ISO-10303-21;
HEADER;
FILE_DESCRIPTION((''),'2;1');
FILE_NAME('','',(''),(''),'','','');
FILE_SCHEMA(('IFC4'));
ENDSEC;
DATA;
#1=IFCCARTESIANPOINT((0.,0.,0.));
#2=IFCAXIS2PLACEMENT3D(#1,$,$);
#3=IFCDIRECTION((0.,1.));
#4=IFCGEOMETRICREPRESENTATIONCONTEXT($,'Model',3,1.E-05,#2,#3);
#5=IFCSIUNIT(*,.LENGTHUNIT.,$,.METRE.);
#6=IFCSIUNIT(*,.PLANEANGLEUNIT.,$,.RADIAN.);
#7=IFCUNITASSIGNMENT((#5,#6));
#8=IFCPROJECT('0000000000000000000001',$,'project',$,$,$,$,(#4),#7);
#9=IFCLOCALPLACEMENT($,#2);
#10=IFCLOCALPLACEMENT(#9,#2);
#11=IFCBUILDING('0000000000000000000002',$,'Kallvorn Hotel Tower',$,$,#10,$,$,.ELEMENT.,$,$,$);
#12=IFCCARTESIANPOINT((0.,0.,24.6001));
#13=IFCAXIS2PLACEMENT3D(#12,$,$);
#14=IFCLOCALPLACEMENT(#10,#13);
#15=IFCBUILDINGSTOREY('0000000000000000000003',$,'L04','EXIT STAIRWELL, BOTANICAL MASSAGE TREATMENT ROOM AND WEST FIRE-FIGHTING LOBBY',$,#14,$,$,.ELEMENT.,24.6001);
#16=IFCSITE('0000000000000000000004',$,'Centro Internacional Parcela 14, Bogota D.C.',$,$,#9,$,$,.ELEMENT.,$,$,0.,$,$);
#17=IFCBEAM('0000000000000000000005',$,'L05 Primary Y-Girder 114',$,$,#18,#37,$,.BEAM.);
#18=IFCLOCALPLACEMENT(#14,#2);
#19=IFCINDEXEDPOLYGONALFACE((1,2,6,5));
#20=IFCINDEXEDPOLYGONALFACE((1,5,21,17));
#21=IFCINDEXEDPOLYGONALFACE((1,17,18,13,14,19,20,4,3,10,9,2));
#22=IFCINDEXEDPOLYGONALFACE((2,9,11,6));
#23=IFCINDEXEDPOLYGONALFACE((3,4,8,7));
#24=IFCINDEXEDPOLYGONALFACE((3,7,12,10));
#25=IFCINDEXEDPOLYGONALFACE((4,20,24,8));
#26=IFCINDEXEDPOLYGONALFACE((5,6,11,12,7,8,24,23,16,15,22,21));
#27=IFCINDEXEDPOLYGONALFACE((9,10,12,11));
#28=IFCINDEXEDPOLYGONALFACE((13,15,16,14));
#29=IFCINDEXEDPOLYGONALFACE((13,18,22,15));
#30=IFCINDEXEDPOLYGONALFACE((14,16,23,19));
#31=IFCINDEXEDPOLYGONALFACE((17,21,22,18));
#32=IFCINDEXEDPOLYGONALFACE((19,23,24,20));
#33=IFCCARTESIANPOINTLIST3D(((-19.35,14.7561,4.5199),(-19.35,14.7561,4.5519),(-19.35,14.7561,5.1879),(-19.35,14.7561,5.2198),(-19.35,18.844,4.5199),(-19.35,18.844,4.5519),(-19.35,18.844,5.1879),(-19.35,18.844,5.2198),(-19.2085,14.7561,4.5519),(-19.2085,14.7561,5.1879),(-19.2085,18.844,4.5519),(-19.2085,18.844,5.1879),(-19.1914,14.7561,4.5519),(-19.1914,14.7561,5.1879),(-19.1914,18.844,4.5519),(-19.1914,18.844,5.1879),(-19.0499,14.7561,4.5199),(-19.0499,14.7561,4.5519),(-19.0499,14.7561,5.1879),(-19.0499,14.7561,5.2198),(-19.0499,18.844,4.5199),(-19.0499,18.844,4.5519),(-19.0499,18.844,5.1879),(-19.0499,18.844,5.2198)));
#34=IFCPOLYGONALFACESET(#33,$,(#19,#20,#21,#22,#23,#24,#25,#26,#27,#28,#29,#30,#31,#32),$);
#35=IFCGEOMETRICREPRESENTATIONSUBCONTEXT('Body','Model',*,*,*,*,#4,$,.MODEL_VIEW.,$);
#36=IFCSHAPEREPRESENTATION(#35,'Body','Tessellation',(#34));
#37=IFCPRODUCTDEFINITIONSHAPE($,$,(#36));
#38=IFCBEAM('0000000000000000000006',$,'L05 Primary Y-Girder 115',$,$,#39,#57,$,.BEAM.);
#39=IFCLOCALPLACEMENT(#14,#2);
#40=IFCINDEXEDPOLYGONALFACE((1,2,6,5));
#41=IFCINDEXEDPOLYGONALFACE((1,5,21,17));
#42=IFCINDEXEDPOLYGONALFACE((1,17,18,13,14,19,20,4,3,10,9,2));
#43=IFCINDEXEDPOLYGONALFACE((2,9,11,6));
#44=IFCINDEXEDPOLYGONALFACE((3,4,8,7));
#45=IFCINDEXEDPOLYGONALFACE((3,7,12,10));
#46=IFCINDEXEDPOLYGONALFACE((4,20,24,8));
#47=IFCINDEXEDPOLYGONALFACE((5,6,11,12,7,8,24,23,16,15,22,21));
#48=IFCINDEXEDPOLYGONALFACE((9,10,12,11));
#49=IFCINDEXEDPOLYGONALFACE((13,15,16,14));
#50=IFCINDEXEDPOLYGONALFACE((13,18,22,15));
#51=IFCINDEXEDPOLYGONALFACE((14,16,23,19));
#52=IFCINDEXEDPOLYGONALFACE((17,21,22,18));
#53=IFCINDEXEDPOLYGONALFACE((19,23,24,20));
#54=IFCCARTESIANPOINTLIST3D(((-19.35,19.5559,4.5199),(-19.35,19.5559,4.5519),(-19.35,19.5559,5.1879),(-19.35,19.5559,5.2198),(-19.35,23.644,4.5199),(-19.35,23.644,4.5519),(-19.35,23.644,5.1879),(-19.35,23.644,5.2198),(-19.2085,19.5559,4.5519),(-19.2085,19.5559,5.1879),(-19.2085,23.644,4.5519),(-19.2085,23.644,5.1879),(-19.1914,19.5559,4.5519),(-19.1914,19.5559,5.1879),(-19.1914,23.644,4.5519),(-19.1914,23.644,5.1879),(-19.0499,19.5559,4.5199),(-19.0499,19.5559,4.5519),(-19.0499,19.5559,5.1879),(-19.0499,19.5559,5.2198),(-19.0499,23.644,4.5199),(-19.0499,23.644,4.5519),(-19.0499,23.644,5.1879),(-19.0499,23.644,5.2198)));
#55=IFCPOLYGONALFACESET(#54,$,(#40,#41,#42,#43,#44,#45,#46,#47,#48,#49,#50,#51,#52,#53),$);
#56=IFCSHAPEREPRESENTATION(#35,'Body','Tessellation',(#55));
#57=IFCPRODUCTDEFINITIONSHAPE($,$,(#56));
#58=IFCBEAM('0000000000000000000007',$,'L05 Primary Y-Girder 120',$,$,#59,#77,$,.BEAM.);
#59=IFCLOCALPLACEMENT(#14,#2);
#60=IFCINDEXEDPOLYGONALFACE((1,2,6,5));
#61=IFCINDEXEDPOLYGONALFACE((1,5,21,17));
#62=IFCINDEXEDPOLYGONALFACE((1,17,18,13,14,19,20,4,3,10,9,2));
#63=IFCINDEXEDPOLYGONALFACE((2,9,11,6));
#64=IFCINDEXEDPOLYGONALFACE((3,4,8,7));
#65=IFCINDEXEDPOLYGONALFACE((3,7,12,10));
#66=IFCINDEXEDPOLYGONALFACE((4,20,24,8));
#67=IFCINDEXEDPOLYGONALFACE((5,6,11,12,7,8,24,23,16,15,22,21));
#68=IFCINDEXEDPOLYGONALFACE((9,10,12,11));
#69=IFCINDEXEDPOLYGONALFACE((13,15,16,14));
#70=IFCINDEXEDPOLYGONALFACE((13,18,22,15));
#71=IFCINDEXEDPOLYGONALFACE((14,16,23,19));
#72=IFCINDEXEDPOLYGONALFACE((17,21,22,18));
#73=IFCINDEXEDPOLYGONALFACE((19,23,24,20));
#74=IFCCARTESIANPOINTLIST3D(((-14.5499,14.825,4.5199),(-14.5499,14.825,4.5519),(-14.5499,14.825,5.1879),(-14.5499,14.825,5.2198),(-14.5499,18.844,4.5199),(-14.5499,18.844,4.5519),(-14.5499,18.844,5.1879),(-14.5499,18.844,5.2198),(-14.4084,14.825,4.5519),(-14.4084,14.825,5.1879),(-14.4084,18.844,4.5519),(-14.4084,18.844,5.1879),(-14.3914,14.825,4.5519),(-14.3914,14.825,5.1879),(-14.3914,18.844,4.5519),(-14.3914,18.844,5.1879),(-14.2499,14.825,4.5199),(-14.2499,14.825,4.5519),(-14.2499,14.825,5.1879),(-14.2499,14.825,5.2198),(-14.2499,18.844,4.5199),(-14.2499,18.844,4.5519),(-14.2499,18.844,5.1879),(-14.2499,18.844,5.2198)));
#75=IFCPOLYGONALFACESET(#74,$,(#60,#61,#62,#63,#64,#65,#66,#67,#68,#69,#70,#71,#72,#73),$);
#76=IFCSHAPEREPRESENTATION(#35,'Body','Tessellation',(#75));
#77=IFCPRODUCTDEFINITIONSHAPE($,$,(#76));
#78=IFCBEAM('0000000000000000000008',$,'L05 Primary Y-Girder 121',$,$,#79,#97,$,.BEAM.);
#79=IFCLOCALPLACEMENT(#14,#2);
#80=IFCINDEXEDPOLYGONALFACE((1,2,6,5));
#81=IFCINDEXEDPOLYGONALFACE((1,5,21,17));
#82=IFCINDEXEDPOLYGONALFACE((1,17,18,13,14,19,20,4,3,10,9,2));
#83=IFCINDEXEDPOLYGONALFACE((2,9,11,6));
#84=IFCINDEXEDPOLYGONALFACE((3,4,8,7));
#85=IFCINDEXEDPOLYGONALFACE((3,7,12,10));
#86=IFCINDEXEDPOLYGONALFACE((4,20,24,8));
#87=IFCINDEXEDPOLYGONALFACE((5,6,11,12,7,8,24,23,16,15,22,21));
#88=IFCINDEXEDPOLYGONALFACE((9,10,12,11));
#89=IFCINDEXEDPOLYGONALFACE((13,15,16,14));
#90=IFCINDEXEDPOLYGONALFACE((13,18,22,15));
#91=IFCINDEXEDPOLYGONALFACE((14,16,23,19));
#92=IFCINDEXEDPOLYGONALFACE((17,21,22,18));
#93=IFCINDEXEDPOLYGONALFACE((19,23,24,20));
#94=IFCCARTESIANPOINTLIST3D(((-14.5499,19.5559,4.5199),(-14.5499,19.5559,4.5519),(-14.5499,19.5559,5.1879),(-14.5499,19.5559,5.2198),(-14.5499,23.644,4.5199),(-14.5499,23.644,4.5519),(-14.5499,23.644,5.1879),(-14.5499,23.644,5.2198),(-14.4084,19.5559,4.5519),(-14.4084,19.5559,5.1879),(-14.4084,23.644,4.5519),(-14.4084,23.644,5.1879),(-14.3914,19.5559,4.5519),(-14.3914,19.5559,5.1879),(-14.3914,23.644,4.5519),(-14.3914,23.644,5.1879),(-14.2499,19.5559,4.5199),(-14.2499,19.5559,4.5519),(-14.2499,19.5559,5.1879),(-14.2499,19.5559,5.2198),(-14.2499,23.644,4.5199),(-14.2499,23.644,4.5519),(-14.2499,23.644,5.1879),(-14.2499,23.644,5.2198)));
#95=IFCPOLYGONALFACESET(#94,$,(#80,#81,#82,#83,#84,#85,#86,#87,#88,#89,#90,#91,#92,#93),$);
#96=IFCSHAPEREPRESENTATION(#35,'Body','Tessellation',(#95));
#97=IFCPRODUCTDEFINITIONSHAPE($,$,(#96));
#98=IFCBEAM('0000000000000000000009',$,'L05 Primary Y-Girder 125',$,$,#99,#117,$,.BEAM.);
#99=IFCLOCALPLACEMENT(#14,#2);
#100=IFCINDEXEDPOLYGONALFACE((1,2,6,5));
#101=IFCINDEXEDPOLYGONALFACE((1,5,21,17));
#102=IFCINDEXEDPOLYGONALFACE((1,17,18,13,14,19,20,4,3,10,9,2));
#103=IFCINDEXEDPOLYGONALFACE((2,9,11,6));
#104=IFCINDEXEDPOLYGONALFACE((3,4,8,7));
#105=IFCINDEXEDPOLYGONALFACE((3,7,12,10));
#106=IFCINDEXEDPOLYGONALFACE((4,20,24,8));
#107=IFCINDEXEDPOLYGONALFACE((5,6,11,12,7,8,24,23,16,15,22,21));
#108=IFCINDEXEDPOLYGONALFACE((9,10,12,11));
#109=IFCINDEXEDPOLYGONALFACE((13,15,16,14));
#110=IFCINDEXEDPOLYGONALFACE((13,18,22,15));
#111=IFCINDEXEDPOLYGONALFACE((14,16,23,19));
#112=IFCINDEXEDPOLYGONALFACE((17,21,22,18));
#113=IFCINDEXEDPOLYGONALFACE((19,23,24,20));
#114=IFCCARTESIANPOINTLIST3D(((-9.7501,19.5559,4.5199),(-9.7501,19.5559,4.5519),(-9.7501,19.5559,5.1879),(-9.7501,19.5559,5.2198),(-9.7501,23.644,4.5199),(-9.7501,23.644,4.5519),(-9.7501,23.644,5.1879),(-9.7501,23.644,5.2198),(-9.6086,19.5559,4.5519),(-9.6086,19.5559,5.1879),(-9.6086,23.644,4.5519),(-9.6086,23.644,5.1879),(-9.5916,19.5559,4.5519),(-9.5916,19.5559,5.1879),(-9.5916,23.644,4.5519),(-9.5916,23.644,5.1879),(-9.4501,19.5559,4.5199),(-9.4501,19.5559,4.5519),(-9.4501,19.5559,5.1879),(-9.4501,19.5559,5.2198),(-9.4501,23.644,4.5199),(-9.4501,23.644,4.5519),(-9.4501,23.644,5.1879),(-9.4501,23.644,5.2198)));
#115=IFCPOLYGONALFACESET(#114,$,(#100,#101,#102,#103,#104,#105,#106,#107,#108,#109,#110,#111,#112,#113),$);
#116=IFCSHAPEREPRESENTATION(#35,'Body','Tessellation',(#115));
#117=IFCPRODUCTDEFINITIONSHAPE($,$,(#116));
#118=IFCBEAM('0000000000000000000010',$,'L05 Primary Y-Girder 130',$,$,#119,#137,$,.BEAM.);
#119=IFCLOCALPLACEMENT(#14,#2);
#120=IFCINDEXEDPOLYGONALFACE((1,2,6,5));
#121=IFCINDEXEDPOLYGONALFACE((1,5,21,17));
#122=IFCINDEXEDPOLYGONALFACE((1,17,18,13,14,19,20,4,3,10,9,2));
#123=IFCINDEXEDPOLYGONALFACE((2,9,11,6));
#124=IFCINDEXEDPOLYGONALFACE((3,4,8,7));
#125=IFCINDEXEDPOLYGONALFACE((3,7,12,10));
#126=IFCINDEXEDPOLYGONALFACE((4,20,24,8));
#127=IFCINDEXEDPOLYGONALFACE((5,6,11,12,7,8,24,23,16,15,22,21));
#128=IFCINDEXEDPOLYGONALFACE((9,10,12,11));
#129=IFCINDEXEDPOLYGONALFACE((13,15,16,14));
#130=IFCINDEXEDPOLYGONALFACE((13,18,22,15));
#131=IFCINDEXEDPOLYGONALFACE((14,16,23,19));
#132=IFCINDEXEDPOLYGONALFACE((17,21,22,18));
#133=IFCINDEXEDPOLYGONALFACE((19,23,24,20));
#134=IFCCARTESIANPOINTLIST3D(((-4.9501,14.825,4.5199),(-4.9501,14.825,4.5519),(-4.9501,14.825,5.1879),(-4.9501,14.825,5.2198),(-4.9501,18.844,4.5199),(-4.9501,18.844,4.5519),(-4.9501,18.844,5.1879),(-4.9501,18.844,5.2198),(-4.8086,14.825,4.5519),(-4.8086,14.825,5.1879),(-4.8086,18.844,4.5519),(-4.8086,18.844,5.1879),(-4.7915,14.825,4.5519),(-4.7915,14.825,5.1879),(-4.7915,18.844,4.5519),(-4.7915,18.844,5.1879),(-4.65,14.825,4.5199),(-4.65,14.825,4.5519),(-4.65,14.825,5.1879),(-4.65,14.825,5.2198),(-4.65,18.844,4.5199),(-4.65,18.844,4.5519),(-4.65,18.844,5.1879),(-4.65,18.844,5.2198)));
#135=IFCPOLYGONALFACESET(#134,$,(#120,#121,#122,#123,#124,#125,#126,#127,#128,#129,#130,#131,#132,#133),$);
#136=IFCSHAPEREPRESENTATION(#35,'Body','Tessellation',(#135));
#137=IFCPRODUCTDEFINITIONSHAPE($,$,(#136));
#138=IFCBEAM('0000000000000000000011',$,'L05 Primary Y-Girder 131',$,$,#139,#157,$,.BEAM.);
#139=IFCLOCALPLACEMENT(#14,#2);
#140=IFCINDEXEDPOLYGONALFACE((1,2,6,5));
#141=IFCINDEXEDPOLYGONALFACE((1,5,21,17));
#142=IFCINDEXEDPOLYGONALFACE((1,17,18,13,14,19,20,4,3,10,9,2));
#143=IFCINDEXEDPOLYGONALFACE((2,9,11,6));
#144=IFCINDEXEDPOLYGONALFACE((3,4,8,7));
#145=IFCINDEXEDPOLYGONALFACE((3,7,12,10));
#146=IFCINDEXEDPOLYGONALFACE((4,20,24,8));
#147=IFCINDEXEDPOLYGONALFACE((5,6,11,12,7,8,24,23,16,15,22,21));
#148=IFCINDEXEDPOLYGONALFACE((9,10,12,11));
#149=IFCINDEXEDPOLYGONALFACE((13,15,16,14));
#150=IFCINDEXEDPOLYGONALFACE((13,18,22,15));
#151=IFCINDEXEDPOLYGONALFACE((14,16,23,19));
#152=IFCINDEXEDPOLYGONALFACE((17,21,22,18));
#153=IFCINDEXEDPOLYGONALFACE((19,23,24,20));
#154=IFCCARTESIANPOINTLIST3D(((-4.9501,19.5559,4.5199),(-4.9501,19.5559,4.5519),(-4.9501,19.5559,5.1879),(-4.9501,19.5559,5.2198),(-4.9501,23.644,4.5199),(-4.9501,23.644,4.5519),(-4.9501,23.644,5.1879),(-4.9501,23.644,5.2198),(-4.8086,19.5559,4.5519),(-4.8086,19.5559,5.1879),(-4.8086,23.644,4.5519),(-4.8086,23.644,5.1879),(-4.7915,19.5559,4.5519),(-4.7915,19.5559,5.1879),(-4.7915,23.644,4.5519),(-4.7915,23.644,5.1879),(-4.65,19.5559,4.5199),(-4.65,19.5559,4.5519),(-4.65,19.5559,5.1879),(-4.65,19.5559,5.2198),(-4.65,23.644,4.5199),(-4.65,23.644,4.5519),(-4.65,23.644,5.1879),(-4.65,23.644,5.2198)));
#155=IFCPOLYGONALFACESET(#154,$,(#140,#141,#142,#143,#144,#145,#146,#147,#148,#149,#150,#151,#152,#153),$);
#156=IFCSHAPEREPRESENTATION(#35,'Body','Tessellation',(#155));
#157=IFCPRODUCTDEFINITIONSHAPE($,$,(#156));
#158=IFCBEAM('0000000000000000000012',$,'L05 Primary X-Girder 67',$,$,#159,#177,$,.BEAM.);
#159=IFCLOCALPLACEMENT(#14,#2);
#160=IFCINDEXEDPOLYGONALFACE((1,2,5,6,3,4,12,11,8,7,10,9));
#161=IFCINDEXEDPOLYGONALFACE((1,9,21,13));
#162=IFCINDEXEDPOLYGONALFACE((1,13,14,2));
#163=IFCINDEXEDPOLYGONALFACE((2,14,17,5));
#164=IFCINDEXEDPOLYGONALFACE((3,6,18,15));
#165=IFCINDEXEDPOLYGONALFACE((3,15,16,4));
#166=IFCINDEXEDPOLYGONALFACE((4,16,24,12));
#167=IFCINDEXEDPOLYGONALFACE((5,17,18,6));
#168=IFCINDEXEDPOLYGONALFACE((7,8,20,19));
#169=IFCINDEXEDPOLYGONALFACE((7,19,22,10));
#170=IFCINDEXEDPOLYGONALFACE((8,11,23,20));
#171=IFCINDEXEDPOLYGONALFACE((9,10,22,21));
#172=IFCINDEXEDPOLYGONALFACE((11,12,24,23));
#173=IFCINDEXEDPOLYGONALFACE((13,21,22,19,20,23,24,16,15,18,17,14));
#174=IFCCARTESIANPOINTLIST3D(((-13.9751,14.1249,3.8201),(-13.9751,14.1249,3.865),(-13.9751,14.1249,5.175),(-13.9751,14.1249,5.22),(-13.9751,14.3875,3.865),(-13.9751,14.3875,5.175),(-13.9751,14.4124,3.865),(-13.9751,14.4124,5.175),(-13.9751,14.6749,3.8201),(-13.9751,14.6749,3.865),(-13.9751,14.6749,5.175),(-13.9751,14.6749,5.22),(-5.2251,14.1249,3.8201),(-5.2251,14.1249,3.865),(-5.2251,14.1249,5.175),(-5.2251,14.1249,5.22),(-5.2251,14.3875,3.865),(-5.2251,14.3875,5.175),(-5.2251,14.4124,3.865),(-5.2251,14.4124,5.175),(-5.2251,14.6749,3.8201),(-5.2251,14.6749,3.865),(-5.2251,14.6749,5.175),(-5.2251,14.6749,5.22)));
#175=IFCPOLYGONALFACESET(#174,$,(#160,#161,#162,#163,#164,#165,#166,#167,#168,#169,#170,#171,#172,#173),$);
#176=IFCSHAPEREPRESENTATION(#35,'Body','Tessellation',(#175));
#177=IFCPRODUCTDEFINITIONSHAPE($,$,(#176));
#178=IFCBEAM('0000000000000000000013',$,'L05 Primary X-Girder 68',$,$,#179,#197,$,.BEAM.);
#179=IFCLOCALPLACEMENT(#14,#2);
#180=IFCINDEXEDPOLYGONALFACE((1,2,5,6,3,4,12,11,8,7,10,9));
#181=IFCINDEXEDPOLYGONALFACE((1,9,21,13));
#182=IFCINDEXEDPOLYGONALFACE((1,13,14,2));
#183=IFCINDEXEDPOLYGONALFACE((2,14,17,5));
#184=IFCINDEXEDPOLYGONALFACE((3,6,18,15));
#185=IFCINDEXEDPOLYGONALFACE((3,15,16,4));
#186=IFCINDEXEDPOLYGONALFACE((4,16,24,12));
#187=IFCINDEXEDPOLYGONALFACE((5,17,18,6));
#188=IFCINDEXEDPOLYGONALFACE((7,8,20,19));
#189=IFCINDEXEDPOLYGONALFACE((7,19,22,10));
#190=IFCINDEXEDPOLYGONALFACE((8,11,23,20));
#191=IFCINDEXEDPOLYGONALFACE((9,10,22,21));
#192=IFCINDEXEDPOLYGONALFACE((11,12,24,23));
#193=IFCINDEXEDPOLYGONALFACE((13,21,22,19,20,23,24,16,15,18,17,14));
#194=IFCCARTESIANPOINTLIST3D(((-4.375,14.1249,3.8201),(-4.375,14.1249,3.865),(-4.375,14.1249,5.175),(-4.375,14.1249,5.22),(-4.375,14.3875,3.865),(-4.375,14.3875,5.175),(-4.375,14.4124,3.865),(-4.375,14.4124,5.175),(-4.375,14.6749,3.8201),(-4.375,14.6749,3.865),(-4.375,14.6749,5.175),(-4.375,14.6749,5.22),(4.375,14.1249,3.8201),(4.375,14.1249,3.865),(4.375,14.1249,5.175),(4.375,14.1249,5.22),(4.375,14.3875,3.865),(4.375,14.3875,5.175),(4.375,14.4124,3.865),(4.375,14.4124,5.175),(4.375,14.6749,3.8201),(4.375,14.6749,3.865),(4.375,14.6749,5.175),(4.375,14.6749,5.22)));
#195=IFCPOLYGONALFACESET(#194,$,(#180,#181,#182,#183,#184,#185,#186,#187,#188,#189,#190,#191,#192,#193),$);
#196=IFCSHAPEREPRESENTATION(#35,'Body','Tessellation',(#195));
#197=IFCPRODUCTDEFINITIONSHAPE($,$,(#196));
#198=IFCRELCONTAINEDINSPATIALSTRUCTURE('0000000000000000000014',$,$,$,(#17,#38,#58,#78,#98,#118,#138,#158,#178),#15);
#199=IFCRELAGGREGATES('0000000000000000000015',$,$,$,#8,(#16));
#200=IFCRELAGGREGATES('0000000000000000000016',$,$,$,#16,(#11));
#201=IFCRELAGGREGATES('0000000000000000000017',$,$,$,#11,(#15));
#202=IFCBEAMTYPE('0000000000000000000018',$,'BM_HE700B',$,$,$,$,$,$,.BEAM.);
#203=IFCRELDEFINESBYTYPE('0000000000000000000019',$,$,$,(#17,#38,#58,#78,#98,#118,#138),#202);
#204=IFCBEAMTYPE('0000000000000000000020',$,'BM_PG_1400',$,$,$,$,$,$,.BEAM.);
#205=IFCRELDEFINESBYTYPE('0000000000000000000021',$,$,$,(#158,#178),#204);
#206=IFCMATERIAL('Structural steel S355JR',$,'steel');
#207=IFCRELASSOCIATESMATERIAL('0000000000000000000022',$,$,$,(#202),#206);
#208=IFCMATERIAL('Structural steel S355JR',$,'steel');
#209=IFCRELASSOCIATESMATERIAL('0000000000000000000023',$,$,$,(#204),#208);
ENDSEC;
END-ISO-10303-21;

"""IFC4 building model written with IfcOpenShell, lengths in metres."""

from ifc_helpers import new_model, si_unit, direction, frame, origin, origin_2d, place, context, subcontext, project, spatial, i_section, extrude, material, material_profile, profile_set, type_object, element, save


model = new_model("IFC4")

# Units and contexts
model_context = context("Model", 3, precision=1e-05, world=origin(), true_north=direction((0.0, 1.0)))
body_context = subcontext(model_context, "Body", "Model", "MODEL_VIEW")
ifc_project = project(units=[si_unit("LENGTHUNIT", "METRE"), si_unit("PLANEANGLEUNIT", "RADIAN")], contexts=[model_context])

# Site, building, storey
site_placement = place(None, origin())
site = spatial("IfcSite", under=ifc_project, at=site_placement, Name="Centro Internacional Parcela 14, Bogota D.C.", CompositionType="ELEMENT", RefElevation=0.0)
building_placement = place(site_placement, origin())
building = spatial("IfcBuilding", under=site, at=building_placement, Name="Kallvorn Hotel Tower", CompositionType="ELEMENT")
storey_placement = place(building_placement, frame((0.0, 0.0, 24.6001)))
storey = spatial("IfcBuildingStorey", under=building, at=storey_placement, Name="L04", Description="EXIT STAIRWELL, BOTANICAL MASSAGE TREATMENT ROOM AND WEST FIRE-FIGHTING LOBBY", CompositionType="ELEMENT", Elevation=24.6001)

# Beams
ifc_material_1 = material(Name="Structural steel S355JR", Category="steel")
ifc_material_profile_1 = material_profile(ifc_material_1, i_section(OverallWidth=0.3, OverallDepth=0.7, WebThickness=0.0171, FlangeThickness=0.032, at=origin_2d()), Name="HE 700 B")
ifc_profile_set_1 = profile_set([ifc_material_profile_1], Name="Structural steel S355JR")
beam_type_1 = type_object("IfcBeamType", Name="BM_HE700B", PredefinedType="BEAM", material=ifc_profile_set_1)
beam_1_placement = place(storey_placement, frame((-19.2, 14.7561, 4.8699), z_axis=(0.0, 1.0, 0.0), x_axis=(-1.0, 0.0, 0.0)))
element("IfcBeam", 1, at=beam_1_placement, inside=storey, type_object=beam_type_1, Name="L05 Primary Y-Girder 114", PredefinedType="BEAM", context=body_context, shape_type="SweptSolid", body=[
    extrude(i_section(OverallWidth=0.3, OverallDepth=0.7, WebThickness=0.0171, FlangeThickness=0.032, at=origin_2d()), origin(), (0.0, 0.0, 1.0), 4.0879),
])
beam_2_placement = place(storey_placement, frame((-19.2, 19.5559, 4.8699), z_axis=(0.0, 1.0, 0.0), x_axis=(-1.0, 0.0, 0.0)))
element("IfcBeam", 2, at=beam_2_placement, inside=storey, type_object=beam_type_1, Name="L05 Primary Y-Girder 115", PredefinedType="BEAM", context=body_context, shape_type="SweptSolid", body=[
    extrude(i_section(OverallWidth=0.3, OverallDepth=0.7, WebThickness=0.0171, FlangeThickness=0.032, at=origin_2d()), origin(), (0.0, 0.0, 1.0), 4.0881),
])
beam_3_placement = place(storey_placement, frame((-14.3999, 14.825, 4.8699), z_axis=(0.0, 1.0, 0.0), x_axis=(-1.0, 0.0, 0.0)))
element("IfcBeam", 3, at=beam_3_placement, inside=storey, type_object=beam_type_1, Name="L05 Primary Y-Girder 120", PredefinedType="BEAM", context=body_context, shape_type="SweptSolid", body=[
    extrude(i_section(OverallWidth=0.3, OverallDepth=0.7, WebThickness=0.0171, FlangeThickness=0.032, at=origin_2d()), origin(), (0.0, 0.0, 1.0), 4.019),
])
for number, where, z_axis, x_axis, name in (
    (4, (-14.3999, 19.5559, 4.8699), (0.0, 1.0, 0.0), (-1.0, 0.0, 0.0), "L05 Primary Y-Girder 121"),
    (5, (-9.6001, 19.5559, 4.8699), (0.0, 1.0, 0.0), (-1.0, 0.0, 0.0), "L05 Primary Y-Girder 125"),
):
    element("IfcBeam", number, at=place(storey_placement, frame(where, z_axis=z_axis, x_axis=x_axis)), inside=storey, type_object=beam_type_1, Name=name, PredefinedType="BEAM", context=body_context, shape_type="SweptSolid", body=[
        extrude(i_section(OverallWidth=0.3, OverallDepth=0.7, WebThickness=0.0171, FlangeThickness=0.032, at=origin_2d()), origin(), (0.0, 0.0, 1.0), 4.0881),
    ])
beam_4_placement = place(storey_placement, frame((-4.8, 14.825, 4.8699), z_axis=(0.0, 1.0, 0.0), x_axis=(-1.0, 0.0, 0.0)))
element("IfcBeam", 6, at=beam_4_placement, inside=storey, type_object=beam_type_1, Name="L05 Primary Y-Girder 130", PredefinedType="BEAM", context=body_context, shape_type="SweptSolid", body=[
    extrude(i_section(OverallWidth=0.3, OverallDepth=0.7, WebThickness=0.0171, FlangeThickness=0.032, at=origin_2d()), origin(), (0.0, 0.0, 1.0), 4.019),
])
beam_5_placement = place(storey_placement, frame((-4.8, 19.5559, 4.8699), z_axis=(0.0, 1.0, 0.0), x_axis=(-1.0, 0.0, 0.0)))
element("IfcBeam", 7, at=beam_5_placement, inside=storey, type_object=beam_type_1, Name="L05 Primary Y-Girder 131", PredefinedType="BEAM", context=body_context, shape_type="SweptSolid", body=[
    extrude(i_section(OverallWidth=0.3, OverallDepth=0.7, WebThickness=0.0171, FlangeThickness=0.032, at=origin_2d()), origin(), (0.0, 0.0, 1.0), 4.0881),
])
ifc_material_2 = material(Name="Structural steel S355JR", Category="steel")
ifc_material_profile_2 = material_profile(ifc_material_2, i_section(OverallWidth=0.55, OverallDepth=1.3999, WebThickness=0.0249, FlangeThickness=0.0449, at=origin_2d()), Name="PG 1400x550x25x45")
ifc_profile_set_2 = profile_set([ifc_material_profile_2], Name="Structural steel S355JR")
beam_type_2 = type_object("IfcBeamType", Name="BM_PG_1400", PredefinedType="BEAM", material=ifc_profile_set_2)
for number, where, z_axis, x_axis, name in (
    (8, (-13.9751, 14.3999, 4.52), (1.0, 0.0, 0.0), (0.0, 1.0, 0.0), "L05 Primary X-Girder 67"),
    (9, (-4.375, 14.3999, 4.52), (1.0, 0.0, 0.0), (0.0, 1.0, 0.0), "L05 Primary X-Girder 68"),
):
    element("IfcBeam", number, at=place(storey_placement, frame(where, z_axis=z_axis, x_axis=x_axis)), inside=storey, type_object=beam_type_2, Name=name, PredefinedType="BEAM", context=body_context, shape_type="SweptSolid", body=[
        extrude(i_section(OverallWidth=0.55, OverallDepth=1.3999, WebThickness=0.0249, FlangeThickness=0.0449, at=origin_2d()), origin(), (0.0, 0.0, 1.0), 8.75),
    ])

save(model, "model.ifc")
